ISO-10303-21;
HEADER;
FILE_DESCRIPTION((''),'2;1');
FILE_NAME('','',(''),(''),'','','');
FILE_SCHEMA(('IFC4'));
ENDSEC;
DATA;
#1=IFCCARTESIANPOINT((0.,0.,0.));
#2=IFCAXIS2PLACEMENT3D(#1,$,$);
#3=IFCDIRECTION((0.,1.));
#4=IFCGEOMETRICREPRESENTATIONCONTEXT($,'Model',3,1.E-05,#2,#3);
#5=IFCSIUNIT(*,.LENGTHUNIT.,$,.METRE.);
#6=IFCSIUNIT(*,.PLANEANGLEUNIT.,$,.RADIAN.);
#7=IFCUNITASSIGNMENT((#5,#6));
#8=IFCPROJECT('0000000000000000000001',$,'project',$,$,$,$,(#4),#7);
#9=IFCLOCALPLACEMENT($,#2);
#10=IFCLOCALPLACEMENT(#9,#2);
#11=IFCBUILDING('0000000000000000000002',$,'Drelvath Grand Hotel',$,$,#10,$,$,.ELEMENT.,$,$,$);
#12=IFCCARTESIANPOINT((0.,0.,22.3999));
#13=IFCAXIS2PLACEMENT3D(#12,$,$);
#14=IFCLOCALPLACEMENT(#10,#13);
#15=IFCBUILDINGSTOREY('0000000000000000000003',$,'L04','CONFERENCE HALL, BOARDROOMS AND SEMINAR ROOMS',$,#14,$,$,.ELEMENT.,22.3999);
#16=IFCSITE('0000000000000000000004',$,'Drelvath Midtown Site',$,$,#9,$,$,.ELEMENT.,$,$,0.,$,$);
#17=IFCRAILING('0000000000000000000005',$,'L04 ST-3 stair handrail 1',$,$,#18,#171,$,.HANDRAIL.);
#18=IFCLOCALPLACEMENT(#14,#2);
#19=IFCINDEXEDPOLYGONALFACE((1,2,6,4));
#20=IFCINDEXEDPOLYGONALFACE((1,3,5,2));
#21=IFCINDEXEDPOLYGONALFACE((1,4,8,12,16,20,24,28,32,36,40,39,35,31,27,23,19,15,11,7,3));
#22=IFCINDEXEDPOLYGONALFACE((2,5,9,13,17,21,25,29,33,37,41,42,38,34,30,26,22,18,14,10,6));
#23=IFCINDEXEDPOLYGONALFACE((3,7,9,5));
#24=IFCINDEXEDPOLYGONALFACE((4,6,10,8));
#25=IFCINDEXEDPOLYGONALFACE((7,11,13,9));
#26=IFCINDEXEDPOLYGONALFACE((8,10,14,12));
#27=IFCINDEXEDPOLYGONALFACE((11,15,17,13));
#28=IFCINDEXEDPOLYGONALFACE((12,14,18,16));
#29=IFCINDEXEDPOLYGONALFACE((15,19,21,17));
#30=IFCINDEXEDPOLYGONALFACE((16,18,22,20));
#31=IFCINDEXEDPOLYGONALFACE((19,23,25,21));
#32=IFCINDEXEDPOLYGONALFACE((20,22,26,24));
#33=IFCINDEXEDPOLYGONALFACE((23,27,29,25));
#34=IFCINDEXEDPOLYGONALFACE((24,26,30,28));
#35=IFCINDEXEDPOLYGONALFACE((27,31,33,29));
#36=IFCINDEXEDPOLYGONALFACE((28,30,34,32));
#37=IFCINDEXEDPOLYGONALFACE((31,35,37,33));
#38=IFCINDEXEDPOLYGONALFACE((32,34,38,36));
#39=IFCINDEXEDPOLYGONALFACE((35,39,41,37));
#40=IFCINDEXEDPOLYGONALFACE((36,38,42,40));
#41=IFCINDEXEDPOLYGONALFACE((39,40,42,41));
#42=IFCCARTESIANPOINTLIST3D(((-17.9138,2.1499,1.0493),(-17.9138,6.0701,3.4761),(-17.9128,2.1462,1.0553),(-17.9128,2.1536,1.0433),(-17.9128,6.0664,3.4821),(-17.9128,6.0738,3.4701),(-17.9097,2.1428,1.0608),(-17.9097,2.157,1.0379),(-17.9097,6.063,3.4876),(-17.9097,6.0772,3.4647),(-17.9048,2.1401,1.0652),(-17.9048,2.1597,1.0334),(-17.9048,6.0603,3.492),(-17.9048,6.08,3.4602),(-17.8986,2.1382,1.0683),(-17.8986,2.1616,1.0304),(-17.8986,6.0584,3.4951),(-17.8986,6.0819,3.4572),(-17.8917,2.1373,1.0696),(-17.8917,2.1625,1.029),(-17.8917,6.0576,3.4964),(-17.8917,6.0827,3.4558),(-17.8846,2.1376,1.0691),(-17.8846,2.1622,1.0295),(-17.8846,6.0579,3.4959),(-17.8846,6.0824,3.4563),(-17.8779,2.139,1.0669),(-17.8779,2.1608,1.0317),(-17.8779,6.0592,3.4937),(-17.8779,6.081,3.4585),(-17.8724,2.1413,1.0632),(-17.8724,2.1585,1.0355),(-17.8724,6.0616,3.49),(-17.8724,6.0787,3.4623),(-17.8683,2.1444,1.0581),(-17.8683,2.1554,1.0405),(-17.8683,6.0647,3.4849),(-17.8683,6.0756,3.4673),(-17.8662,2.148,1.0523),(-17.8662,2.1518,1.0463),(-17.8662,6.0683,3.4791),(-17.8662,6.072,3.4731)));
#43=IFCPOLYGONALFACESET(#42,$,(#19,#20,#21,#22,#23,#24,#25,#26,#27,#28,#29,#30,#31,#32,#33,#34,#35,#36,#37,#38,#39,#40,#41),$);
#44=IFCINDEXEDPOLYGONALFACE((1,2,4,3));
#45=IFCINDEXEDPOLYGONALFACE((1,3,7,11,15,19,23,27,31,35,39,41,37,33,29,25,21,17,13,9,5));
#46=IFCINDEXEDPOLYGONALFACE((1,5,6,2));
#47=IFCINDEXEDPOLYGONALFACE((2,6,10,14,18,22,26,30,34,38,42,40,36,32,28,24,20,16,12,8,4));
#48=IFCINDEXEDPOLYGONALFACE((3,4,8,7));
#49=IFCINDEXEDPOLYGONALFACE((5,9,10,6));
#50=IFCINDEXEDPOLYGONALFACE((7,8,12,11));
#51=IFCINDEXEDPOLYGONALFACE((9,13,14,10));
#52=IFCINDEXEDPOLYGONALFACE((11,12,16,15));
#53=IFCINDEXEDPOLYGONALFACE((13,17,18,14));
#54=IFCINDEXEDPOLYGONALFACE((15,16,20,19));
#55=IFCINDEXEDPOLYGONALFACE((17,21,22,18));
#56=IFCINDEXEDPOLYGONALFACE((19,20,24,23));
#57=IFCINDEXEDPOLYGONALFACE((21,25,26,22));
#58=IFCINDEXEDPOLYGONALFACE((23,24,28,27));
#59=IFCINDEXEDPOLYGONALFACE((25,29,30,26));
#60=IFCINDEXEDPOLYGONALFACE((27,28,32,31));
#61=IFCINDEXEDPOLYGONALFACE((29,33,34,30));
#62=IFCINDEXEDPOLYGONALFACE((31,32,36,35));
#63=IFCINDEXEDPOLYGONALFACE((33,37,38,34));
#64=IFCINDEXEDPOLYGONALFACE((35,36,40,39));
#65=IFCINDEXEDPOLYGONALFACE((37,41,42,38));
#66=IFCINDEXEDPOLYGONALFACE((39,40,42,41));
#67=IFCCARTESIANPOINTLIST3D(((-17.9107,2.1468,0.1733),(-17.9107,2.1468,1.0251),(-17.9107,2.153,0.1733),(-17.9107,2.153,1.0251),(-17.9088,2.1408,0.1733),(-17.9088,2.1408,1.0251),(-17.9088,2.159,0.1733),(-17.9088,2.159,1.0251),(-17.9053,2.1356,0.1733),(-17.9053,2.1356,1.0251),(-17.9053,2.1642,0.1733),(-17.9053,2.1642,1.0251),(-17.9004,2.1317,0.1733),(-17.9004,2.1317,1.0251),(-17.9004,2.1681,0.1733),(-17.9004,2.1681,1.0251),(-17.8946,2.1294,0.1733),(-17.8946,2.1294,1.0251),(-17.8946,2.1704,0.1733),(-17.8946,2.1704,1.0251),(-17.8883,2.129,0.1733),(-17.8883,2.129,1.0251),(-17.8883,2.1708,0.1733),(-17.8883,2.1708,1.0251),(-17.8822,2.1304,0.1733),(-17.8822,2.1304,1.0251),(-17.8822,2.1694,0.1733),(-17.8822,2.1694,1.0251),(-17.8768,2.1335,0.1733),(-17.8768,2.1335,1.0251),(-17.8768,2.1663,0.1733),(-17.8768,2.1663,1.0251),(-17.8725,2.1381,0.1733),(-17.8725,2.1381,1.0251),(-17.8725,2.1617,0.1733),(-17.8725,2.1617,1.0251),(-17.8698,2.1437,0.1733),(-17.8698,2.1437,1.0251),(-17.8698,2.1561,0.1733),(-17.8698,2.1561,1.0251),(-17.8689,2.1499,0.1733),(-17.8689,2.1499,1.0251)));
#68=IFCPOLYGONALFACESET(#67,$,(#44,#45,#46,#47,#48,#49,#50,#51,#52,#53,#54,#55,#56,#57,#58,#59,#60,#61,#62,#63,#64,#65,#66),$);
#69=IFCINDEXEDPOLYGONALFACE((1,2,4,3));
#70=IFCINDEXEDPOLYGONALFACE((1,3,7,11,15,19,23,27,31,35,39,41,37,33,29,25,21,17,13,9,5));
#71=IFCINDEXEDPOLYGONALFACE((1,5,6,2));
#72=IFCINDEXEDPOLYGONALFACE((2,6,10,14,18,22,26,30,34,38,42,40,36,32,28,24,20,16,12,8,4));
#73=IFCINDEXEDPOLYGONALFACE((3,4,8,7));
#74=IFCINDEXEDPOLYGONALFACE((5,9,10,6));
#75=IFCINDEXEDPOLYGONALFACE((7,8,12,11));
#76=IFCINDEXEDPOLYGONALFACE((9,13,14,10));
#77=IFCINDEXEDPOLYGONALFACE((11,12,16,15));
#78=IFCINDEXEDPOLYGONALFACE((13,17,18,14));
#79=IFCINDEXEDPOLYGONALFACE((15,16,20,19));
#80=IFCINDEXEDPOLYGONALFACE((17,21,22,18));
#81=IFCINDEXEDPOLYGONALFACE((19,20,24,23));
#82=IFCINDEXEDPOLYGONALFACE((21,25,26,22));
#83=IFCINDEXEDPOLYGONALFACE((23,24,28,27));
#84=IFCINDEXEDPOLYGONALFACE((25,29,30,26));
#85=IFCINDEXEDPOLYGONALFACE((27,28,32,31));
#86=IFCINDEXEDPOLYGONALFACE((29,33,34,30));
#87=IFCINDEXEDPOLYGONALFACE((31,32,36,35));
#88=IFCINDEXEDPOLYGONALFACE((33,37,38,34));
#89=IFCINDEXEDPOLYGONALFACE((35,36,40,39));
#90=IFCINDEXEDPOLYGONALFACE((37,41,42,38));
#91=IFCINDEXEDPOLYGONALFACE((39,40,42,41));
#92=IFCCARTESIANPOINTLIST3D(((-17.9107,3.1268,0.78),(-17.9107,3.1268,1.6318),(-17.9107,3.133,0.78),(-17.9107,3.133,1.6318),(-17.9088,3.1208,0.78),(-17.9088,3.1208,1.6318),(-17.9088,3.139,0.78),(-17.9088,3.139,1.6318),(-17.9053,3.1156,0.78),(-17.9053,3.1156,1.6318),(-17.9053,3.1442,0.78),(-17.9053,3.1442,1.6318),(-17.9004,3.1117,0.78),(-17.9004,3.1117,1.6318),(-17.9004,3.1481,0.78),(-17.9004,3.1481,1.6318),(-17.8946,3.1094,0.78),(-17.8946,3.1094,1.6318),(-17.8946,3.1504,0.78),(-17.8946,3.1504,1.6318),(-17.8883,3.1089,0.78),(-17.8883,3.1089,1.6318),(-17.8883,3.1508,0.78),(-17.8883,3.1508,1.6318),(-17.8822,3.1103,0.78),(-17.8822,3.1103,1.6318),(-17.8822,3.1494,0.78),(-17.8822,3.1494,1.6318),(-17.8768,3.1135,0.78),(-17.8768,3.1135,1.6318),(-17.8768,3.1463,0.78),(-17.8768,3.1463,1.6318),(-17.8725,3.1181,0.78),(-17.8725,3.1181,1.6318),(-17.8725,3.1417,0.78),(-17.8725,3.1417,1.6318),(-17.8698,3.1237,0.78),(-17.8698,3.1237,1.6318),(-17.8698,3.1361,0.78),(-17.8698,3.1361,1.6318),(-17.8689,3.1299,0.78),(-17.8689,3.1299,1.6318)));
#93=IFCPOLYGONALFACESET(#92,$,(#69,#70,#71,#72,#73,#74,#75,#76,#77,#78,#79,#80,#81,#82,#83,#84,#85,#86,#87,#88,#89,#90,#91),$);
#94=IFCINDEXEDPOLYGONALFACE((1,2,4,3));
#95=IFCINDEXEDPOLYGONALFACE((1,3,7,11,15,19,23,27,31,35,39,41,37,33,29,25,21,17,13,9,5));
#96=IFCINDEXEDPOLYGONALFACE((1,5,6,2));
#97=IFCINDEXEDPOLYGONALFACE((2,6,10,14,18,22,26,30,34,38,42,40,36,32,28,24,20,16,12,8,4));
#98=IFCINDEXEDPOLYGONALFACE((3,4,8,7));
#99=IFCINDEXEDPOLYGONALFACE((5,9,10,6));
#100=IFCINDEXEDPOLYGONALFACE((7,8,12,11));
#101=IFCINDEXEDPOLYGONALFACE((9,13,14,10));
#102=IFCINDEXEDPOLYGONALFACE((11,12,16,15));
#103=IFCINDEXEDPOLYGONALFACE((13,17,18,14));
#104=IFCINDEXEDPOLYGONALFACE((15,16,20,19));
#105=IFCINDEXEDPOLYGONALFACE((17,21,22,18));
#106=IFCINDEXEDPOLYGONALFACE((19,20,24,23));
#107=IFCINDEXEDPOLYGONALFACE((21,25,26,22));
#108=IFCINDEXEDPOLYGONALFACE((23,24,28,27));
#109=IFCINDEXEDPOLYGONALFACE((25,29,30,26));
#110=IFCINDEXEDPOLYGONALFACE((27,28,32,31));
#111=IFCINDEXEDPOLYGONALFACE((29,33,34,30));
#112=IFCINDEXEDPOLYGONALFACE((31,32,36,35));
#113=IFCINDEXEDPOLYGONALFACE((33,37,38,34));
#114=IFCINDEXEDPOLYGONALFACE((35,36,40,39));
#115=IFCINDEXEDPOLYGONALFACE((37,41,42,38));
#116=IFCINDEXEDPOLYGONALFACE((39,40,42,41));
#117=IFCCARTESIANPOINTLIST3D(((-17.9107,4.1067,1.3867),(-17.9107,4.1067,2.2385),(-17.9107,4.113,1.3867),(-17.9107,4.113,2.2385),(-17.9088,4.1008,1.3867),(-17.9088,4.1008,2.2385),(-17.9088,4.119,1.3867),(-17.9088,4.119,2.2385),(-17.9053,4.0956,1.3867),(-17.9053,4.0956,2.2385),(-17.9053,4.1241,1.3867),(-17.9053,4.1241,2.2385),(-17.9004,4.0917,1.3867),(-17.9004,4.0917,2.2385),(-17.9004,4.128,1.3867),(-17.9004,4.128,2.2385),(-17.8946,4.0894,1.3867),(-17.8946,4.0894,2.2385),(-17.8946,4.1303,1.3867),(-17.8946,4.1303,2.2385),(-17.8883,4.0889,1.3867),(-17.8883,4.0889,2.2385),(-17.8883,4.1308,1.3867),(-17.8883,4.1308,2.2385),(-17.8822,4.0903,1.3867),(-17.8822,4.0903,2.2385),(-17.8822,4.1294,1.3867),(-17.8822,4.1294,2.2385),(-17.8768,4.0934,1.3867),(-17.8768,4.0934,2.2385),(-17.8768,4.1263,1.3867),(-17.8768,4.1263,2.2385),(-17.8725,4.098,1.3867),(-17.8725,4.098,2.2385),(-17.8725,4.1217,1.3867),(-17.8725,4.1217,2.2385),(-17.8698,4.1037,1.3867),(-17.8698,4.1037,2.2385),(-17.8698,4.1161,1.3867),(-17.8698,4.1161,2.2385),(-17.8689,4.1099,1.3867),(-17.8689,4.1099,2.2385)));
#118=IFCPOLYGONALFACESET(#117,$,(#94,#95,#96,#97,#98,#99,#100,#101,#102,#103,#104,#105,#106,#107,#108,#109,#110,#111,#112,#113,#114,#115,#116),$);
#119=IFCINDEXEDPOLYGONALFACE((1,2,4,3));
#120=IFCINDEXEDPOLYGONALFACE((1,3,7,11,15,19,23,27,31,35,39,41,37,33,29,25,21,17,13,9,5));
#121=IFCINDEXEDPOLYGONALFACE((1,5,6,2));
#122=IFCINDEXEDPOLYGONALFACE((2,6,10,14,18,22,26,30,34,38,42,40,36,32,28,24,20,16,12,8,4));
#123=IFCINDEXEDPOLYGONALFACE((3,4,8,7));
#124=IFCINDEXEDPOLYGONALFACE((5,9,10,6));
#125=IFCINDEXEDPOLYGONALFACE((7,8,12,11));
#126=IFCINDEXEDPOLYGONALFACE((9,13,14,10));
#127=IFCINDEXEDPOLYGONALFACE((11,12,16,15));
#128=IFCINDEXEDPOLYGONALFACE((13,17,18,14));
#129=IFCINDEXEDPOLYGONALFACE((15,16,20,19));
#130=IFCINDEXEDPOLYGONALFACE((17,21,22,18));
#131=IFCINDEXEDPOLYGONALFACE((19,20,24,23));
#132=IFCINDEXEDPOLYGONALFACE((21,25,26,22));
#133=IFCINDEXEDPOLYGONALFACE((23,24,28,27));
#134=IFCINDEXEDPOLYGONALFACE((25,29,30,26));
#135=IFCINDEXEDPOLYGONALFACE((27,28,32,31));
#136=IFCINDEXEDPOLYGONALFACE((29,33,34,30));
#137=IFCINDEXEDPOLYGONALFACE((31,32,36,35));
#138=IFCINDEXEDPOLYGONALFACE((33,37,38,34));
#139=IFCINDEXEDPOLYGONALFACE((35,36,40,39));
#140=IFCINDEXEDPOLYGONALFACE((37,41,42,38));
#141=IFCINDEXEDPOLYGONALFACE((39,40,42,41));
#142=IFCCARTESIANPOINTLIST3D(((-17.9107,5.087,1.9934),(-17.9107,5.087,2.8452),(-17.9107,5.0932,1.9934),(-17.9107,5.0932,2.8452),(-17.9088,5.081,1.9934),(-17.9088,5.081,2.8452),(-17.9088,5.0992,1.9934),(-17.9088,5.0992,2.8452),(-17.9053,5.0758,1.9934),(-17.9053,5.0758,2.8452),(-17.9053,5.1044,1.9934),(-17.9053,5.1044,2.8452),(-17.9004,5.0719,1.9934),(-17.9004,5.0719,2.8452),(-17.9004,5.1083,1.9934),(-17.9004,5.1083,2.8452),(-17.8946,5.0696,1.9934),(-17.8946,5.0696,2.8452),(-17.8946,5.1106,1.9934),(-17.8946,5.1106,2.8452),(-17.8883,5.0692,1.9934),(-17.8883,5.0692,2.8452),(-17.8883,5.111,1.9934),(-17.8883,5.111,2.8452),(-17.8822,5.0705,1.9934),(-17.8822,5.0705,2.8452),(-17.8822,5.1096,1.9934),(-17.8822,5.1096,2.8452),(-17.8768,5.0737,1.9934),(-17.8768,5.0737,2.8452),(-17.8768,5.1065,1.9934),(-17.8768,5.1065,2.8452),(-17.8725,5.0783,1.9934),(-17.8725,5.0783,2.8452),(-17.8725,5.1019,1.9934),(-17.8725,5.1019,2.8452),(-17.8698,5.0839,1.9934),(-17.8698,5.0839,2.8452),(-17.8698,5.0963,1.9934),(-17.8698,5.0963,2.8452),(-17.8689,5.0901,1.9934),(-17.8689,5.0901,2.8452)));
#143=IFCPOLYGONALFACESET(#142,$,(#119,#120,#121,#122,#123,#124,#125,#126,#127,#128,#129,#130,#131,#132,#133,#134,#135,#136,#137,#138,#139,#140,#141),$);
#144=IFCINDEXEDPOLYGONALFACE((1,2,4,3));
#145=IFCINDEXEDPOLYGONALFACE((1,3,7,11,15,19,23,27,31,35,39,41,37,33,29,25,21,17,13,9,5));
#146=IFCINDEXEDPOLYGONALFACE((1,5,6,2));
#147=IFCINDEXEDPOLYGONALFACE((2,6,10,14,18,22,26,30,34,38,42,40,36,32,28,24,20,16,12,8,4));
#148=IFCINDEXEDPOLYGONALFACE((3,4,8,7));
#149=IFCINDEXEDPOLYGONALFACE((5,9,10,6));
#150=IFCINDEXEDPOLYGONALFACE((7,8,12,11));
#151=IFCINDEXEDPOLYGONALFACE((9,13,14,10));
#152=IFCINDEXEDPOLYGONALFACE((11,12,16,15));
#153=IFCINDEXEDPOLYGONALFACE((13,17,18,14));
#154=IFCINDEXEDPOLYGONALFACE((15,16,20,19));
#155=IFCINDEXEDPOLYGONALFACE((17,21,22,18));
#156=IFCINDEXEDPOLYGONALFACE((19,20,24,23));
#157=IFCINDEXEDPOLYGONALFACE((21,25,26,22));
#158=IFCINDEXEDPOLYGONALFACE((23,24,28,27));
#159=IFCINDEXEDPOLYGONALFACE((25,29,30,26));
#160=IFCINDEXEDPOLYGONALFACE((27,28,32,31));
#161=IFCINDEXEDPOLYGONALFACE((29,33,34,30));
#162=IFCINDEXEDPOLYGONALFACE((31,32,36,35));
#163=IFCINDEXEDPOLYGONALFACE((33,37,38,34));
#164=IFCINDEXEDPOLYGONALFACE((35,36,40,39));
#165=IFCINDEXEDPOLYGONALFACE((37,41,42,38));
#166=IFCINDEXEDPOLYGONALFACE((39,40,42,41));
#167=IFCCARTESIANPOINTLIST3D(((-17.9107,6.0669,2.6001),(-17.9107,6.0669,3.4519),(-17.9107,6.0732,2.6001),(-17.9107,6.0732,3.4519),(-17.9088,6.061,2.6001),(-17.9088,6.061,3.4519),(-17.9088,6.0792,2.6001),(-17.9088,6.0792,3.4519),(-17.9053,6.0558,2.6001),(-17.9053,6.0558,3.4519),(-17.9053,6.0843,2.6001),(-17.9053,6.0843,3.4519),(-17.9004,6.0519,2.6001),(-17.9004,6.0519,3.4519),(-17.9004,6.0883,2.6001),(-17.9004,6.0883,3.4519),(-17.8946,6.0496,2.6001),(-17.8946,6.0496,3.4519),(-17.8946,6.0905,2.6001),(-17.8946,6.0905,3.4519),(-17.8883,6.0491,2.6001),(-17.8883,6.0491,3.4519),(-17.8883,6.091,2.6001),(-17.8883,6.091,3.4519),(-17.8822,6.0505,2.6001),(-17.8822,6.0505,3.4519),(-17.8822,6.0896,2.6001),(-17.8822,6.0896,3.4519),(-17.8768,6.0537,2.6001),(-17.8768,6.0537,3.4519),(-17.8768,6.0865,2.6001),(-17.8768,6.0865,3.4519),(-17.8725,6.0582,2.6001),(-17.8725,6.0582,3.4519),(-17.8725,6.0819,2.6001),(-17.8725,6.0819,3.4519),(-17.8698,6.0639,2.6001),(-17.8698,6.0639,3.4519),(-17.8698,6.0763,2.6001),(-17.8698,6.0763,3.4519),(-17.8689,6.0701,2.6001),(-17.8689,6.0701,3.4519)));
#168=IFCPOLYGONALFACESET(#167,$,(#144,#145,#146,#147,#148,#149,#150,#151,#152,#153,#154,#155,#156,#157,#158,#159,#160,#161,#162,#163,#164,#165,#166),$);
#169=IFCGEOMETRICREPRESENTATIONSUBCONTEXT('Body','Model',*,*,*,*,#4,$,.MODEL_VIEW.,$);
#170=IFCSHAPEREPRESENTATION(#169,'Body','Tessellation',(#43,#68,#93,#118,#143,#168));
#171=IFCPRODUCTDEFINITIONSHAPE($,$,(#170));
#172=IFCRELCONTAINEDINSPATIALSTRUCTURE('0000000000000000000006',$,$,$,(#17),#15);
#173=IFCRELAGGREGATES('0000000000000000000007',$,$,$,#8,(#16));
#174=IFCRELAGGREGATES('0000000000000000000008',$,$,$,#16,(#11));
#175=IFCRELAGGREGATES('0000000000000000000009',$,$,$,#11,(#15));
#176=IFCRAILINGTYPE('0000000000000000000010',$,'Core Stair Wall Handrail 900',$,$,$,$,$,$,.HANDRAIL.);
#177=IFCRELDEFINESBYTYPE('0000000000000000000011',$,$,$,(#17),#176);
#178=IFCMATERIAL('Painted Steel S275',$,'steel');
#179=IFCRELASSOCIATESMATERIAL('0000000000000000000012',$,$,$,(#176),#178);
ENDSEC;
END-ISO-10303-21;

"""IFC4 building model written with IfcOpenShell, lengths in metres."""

from ifc_helpers import new_model, si_unit, direction, frame, origin, origin_2d, place, context, subcontext, project, spatial, circle, extrude, material, type_object, element, save


model = new_model("IFC4")

# Units and contexts
model_context = context("Model", 3, precision=1e-05, world=origin(), true_north=direction((0.0, 1.0)))
body_context = subcontext(model_context, "Body", "Model", "MODEL_VIEW")
ifc_project = project(units=[si_unit("LENGTHUNIT", "METRE"), si_unit("PLANEANGLEUNIT", "RADIAN")], contexts=[model_context])

# Site, building, storey
site_placement = place(None, origin())
site = spatial("IfcSite", under=ifc_project, at=site_placement, Name="Drelvath Midtown Site", CompositionType="ELEMENT", RefElevation=0.0)
building_placement = place(site_placement, origin())
building = spatial("IfcBuilding", under=site, at=building_placement, Name="Drelvath Grand Hotel", CompositionType="ELEMENT")
storey_placement = place(building_placement, frame((0.0, 0.0, 22.3999)))
storey = spatial("IfcBuildingStorey", under=building, at=storey_placement, Name="L04", Description="CONFERENCE HALL, BOARDROOMS AND SEMINAR ROOMS", CompositionType="ELEMENT", Elevation=22.3999)

# Shared definitions
ifc_material_1 = material(Name="Painted Steel S275", Category="steel")

# Railing
railing_type_1 = type_object("IfcRailingType", Name="Core Stair Wall Handrail 900", PredefinedType="HANDRAIL", material=ifc_material_1)
railing_1_placement = place(storey_placement, frame((-17.8899, 2.1499, 0.1733)))
element("IfcRailing", 1, at=railing_1_placement, inside=storey, type_object=railing_type_1, Name="L04 ST-3 stair handrail 1", PredefinedType="HANDRAIL", context=body_context, shape_type="SweptSolid", body=[
    extrude(circle(Radius=0.0239, at=origin_2d()), frame((0.0, 0.0, 0.876), z_axis=(0.0, 0.850266, 0.526353), x_axis=(-1.0, 0.0, 0.0)), (0.0, 0.0, 1.0), 4.6106),
    extrude(circle(Radius=0.021, at=origin_2d()), origin(), (0.0, 0.0, 1.0), 0.8518),
    extrude(circle(Radius=0.021, at=origin_2d()), frame((0.0, 0.98, 0.6067)), (0.0, 0.0, 1.0), 0.8518),
    extrude(circle(Radius=0.021, at=origin_2d()), frame((0.0, 1.96, 1.2134)), (0.0, 0.0, 1.0), 0.8518),
    extrude(circle(Radius=0.021, at=origin_2d()), frame((0.0, 2.9402, 1.8201)), (0.0, 0.0, 1.0), 0.8518),
    extrude(circle(Radius=0.021, at=origin_2d()), frame((0.0, 3.9202, 2.4268)), (0.0, 0.0, 1.0), 0.8518),
])

save(model, "model.ifc")
